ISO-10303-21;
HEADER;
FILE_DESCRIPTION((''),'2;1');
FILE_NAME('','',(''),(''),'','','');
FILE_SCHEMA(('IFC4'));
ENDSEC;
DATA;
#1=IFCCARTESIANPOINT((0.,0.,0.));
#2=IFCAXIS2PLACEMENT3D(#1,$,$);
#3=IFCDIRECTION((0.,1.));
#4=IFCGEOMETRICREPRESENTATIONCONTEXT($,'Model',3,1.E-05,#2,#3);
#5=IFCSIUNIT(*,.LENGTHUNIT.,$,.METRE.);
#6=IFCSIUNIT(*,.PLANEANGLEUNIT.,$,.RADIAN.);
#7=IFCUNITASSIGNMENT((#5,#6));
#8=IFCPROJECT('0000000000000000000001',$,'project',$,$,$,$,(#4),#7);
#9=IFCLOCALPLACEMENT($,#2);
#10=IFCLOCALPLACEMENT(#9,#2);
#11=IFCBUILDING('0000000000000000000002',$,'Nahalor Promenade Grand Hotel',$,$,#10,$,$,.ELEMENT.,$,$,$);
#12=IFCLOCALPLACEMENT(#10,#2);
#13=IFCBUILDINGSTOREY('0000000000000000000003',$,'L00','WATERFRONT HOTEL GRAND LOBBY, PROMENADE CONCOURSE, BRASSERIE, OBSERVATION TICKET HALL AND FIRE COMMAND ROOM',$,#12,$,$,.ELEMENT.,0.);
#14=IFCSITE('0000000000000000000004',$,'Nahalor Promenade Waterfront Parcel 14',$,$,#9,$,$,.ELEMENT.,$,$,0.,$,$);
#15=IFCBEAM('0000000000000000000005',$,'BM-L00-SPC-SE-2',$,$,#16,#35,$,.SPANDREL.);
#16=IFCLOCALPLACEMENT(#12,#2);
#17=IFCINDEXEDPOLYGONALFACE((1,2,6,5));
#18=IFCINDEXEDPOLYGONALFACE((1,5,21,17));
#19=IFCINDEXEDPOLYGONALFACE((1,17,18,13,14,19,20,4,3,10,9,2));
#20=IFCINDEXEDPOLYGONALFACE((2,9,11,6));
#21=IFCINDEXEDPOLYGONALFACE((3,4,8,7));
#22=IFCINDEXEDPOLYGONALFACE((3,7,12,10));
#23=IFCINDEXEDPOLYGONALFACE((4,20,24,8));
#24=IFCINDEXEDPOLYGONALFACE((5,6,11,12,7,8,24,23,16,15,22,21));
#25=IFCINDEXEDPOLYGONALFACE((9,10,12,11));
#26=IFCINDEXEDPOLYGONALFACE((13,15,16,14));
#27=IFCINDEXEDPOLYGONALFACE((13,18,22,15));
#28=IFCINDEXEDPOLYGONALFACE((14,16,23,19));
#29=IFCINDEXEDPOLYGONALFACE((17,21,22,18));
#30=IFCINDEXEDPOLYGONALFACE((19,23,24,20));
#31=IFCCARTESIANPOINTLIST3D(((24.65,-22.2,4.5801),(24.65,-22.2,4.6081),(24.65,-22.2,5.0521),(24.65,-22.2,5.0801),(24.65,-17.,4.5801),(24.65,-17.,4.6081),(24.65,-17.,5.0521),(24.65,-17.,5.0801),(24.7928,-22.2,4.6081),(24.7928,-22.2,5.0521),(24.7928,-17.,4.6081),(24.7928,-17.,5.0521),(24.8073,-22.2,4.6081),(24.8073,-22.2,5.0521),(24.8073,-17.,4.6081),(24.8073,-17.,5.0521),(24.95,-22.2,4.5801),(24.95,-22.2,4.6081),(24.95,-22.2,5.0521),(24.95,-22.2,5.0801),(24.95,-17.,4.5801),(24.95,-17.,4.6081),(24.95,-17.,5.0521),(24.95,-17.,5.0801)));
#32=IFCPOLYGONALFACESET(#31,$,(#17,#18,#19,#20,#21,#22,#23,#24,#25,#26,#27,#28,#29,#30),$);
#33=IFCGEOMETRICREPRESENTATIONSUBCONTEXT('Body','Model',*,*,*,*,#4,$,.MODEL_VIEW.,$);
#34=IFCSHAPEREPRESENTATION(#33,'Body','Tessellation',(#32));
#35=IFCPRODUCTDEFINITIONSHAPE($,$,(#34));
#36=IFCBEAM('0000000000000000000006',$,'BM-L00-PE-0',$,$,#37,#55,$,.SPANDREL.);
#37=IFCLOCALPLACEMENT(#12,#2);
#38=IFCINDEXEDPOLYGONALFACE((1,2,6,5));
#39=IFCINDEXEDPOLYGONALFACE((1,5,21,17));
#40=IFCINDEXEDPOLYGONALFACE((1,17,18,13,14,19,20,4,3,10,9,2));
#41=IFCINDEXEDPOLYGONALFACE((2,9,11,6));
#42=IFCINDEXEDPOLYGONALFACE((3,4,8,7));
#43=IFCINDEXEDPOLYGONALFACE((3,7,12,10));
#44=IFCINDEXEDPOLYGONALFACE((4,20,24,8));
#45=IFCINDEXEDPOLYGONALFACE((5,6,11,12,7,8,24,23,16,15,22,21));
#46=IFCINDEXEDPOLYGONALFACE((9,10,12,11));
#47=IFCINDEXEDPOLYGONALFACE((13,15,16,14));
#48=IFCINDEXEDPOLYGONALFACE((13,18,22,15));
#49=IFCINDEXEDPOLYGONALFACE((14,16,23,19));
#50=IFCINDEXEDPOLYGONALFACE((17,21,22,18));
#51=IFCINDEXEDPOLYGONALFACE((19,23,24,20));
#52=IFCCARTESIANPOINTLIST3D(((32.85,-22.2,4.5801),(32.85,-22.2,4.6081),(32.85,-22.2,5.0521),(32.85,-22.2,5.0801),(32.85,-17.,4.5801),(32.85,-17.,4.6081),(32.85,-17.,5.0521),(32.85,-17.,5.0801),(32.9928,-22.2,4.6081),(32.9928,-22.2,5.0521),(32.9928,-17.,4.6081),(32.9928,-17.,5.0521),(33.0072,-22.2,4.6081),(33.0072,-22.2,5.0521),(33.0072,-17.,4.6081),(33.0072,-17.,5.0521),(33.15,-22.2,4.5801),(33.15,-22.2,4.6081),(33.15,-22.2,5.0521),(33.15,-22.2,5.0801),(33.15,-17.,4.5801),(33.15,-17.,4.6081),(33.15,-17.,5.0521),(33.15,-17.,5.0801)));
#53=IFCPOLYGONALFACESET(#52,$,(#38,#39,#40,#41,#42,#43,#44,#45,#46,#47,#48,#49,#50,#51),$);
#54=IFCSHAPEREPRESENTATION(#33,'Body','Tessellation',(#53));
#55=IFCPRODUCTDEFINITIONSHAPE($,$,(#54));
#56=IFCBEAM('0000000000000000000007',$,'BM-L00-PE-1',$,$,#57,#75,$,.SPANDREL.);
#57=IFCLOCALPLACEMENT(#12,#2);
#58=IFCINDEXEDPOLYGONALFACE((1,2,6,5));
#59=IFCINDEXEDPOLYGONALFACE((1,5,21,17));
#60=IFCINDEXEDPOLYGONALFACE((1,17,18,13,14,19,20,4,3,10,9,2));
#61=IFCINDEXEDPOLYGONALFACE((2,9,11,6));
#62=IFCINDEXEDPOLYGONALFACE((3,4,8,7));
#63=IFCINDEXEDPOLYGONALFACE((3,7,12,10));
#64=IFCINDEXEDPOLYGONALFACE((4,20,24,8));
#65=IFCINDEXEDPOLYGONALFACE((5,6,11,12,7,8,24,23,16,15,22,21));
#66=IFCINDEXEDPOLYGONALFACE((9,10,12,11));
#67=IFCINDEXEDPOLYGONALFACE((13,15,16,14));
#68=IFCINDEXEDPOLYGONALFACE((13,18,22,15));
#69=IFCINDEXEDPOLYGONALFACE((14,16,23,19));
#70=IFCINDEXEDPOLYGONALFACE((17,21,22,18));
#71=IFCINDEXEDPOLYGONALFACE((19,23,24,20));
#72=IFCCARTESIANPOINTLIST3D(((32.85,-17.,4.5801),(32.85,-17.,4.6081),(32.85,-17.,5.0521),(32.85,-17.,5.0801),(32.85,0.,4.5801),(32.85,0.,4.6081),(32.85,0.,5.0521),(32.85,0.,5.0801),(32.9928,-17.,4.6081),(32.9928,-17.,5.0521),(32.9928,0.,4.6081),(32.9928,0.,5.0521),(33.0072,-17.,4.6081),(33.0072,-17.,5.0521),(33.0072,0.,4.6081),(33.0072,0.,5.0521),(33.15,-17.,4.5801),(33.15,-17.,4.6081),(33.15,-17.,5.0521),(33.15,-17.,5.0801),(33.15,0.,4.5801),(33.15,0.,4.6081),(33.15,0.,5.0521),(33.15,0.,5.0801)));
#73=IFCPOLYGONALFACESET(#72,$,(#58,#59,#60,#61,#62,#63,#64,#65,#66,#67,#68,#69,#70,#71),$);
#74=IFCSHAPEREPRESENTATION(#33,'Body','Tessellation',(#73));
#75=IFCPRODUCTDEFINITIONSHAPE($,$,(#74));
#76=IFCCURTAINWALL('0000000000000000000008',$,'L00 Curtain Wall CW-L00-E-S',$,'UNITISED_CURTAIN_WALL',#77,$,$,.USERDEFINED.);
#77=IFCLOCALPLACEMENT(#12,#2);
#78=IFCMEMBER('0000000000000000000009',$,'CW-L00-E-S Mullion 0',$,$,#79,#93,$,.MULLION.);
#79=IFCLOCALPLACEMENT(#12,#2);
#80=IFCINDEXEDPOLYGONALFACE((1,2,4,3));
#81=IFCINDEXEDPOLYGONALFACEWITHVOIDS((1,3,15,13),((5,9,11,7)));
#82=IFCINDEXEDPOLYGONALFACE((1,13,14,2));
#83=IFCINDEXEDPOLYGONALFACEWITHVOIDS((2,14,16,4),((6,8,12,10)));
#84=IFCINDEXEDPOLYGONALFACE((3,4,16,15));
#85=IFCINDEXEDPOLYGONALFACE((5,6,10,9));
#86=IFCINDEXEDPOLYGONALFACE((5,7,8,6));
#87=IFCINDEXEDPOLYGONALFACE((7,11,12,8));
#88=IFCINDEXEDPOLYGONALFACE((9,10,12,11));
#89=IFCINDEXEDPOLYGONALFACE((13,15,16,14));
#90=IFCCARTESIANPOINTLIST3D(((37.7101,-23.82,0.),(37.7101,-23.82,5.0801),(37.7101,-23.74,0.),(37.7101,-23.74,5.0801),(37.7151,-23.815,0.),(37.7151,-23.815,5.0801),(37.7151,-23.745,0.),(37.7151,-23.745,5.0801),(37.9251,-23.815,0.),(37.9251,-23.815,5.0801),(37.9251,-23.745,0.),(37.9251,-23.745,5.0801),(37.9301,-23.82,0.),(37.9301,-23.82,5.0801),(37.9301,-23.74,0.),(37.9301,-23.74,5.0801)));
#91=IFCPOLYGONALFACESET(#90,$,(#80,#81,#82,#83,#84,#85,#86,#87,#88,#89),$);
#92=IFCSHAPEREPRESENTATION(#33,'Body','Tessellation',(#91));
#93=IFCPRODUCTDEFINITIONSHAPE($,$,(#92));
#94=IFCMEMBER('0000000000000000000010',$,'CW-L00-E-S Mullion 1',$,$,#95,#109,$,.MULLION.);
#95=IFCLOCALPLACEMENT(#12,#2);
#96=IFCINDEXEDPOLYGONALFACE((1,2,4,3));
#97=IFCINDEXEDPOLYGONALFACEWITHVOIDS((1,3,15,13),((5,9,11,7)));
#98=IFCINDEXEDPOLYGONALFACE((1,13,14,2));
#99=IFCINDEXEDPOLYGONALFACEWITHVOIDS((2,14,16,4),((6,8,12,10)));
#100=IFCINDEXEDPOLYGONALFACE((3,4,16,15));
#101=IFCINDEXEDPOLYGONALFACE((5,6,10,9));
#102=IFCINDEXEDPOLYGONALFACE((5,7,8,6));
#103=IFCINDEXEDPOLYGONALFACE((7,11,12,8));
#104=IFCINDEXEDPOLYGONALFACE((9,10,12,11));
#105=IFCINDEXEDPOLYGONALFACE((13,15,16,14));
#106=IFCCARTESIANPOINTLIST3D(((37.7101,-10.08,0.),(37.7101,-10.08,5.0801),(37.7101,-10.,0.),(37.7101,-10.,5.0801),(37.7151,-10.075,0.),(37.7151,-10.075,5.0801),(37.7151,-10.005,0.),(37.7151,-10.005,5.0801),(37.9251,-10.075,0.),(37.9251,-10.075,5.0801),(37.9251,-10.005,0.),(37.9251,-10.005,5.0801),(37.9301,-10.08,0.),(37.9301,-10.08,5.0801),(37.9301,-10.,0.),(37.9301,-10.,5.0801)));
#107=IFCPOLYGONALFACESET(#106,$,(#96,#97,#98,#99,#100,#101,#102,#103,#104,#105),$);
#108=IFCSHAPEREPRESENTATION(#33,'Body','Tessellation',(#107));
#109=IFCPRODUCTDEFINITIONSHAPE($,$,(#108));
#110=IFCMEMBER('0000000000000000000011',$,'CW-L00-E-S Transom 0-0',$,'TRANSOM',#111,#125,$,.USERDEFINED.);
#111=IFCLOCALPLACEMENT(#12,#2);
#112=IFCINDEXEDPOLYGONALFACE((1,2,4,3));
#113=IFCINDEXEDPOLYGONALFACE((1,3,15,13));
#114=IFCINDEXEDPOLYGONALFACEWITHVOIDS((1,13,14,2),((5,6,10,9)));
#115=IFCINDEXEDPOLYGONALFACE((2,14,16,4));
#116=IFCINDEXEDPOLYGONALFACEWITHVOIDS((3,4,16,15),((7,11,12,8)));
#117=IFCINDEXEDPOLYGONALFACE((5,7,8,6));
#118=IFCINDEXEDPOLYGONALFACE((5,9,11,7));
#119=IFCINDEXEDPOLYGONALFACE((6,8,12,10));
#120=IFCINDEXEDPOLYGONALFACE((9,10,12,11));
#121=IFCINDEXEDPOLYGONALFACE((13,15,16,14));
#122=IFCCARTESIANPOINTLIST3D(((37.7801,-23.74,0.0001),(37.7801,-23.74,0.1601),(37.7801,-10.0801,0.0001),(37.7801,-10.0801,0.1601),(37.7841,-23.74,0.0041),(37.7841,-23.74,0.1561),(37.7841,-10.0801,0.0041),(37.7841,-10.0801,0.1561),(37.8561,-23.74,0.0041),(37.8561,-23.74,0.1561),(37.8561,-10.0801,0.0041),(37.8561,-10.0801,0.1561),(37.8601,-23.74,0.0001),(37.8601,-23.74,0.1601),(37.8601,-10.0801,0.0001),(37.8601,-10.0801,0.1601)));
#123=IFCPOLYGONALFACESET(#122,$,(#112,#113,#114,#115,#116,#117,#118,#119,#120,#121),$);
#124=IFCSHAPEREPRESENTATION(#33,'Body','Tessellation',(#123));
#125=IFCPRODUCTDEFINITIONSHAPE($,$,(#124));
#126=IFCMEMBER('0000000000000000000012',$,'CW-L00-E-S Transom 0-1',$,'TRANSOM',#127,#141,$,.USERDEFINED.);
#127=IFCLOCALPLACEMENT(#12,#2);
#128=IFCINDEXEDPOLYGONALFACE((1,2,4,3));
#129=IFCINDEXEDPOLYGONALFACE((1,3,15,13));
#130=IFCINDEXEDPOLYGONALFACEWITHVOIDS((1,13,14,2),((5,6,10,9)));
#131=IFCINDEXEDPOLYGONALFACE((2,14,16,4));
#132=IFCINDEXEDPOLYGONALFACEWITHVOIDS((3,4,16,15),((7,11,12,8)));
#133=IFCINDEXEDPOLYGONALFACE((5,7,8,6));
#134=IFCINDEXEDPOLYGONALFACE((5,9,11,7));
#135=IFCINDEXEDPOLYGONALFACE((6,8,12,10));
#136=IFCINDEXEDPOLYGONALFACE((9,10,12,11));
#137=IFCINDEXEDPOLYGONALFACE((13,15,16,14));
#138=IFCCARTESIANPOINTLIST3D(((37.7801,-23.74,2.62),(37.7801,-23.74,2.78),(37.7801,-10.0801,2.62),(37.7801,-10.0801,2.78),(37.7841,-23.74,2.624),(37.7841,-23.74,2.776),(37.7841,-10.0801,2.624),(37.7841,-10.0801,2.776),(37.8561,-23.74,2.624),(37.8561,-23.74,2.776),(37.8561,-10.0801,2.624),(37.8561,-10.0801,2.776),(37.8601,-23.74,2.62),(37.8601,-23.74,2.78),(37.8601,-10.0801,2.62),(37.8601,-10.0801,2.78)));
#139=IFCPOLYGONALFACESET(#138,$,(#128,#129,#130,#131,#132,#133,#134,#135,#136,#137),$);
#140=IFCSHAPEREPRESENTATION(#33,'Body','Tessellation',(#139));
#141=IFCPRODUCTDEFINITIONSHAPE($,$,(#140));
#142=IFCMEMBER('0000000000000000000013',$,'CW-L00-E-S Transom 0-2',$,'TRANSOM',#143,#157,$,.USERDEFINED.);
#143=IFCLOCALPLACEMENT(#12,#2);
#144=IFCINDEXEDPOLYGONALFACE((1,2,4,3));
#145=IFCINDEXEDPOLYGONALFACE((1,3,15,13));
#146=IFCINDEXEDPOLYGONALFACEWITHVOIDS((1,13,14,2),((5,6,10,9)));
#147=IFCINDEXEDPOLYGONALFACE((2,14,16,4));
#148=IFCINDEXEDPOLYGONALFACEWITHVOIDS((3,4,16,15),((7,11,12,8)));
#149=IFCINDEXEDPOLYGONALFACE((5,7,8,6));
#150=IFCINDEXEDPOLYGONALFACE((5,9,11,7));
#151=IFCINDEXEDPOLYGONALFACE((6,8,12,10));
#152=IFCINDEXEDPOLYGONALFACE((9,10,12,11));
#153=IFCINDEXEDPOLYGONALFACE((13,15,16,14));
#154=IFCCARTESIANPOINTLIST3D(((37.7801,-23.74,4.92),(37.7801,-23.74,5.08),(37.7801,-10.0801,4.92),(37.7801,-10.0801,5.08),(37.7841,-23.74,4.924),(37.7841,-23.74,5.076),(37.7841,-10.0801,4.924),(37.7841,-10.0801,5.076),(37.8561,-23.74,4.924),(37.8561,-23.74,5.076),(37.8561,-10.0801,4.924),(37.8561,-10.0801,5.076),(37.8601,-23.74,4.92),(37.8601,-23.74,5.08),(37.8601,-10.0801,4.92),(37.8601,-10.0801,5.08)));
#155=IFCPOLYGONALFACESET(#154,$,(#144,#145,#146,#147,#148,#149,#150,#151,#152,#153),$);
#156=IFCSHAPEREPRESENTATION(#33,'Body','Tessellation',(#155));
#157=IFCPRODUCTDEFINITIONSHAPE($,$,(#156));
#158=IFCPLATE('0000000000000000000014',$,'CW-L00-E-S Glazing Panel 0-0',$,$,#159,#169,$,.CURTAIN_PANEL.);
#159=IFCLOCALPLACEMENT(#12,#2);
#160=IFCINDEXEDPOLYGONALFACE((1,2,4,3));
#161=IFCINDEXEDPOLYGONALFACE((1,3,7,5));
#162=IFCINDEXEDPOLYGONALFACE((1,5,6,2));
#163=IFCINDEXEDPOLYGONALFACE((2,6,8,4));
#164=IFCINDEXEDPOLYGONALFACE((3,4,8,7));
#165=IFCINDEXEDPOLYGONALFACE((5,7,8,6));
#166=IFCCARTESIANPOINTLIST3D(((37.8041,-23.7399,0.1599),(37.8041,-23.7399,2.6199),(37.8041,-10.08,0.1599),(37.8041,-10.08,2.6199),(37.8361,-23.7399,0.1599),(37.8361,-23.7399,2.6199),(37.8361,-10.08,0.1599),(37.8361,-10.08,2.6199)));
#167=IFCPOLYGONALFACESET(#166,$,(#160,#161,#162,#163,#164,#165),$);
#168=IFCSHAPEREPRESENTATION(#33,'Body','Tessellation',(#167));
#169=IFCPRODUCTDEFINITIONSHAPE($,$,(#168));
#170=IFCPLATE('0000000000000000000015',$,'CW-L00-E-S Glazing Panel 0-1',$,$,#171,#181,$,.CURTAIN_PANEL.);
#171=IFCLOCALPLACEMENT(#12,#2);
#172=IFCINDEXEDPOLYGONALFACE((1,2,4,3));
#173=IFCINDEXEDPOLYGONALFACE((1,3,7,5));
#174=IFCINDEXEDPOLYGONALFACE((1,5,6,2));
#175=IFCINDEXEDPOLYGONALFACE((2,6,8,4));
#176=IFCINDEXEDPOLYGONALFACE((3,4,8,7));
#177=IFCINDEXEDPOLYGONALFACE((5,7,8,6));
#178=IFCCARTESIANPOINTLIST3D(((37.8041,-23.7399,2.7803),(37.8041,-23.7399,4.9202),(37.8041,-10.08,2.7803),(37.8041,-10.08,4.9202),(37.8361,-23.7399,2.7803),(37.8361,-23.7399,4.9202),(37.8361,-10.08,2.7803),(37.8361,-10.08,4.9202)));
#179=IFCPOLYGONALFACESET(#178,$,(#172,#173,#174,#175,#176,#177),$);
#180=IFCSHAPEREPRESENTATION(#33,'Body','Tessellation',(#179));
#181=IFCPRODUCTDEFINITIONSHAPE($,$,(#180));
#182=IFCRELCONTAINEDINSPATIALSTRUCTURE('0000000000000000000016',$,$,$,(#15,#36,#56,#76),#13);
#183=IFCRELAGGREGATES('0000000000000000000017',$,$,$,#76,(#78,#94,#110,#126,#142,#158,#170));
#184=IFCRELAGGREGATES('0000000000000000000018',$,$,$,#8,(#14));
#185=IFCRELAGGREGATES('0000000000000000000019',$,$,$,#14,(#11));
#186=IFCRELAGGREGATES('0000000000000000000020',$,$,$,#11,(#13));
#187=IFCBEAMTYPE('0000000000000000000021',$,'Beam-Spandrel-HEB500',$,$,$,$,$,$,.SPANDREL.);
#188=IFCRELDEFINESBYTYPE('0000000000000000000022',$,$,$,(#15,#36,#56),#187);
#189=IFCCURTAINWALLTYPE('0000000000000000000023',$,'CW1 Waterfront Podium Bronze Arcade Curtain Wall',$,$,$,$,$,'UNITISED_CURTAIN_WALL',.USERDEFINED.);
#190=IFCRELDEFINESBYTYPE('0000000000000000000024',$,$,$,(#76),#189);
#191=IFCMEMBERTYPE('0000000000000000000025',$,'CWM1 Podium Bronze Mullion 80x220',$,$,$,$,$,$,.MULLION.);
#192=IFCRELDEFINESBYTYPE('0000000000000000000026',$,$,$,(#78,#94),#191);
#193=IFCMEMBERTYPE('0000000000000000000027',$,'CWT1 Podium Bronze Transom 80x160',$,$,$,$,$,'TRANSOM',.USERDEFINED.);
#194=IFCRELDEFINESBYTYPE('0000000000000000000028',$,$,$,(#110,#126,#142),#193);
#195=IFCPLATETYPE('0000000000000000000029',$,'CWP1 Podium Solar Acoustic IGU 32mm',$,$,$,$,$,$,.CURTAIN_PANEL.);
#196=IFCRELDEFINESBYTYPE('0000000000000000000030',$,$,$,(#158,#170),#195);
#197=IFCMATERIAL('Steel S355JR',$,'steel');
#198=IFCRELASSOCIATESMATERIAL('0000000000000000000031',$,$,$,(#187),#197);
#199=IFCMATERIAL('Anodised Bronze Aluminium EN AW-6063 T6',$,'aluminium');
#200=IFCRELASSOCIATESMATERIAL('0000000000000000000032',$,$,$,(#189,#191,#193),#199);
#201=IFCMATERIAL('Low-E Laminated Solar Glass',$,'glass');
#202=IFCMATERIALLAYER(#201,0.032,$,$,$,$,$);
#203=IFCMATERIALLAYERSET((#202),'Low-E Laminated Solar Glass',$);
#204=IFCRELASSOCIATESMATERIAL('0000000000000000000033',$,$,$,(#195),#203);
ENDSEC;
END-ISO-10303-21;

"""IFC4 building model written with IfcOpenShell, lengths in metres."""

from ifc_helpers import new_model, si_unit, direction, frame, origin, origin_2d, place, context, subcontext, project, spatial, rectangle, hollow_rectangle, i_section, extrude, source, transform, mapped, material, layer, layer_set, material_profile, profile_set, type_object, element, aggregate, save


model = new_model("IFC4")

# Units and contexts
model_context = context("Model", 3, precision=1e-05, world=origin(), true_north=direction((0.0, 1.0)))
body_context = subcontext(model_context, "Body", "Model", "MODEL_VIEW")
ifc_project = project(units=[si_unit("LENGTHUNIT", "METRE"), si_unit("PLANEANGLEUNIT", "RADIAN")], contexts=[model_context])

# Site, building, storey
site_placement = place(None, origin())
site = spatial("IfcSite", under=ifc_project, at=site_placement, Name="Nahalor Promenade Waterfront Parcel 14", CompositionType="ELEMENT", RefElevation=0.0)
building_placement = place(site_placement, origin())
building = spatial("IfcBuilding", under=site, at=building_placement, Name="Nahalor Promenade Grand Hotel", CompositionType="ELEMENT")
storey_placement = place(building_placement, origin())
storey = spatial("IfcBuildingStorey", under=building, at=storey_placement, Name="L00", Description="WATERFRONT HOTEL GRAND LOBBY, PROMENADE CONCOURSE, BRASSERIE, OBSERVATION TICKET HALL AND FIRE COMMAND ROOM", CompositionType="ELEMENT", Elevation=0.0)

# Beams
ifc_material_1 = material(Name="Steel S355JR", Category="steel")
ifc_material_profile_1 = material_profile(ifc_material_1, i_section(OverallWidth=0.3, OverallDepth=0.5, WebThickness=0.0145, FlangeThickness=0.028, at=origin_2d()), Name="HEB 500")
ifc_profile_set_1 = profile_set([ifc_material_profile_1], Name="Steel S355JR")
beam_type_1 = type_object("IfcBeamType", Name="Beam-Spandrel-HEB500", PredefinedType="SPANDREL", material=ifc_profile_set_1)
shared_shape_1 = source(origin(), body_context, "Body", "SweptSolid", [
    extrude(i_section(OverallWidth=0.3, OverallDepth=0.5, WebThickness=0.0145, FlangeThickness=0.028, at=origin_2d()), origin(), (0.0, 0.0, 1.0), 5.2),
])
for number, where, z_axis, x_axis, name in (
    (1, (24.8, -22.2, 4.8301), (0.0, 1.0, 0.0), (-1.0, 0.0, 0.0), "BM-L00-SPC-SE-2"),
    (2, (33.0, -22.2, 4.8301), (0.0, 1.0, 0.0), (-1.0, 0.0, 0.0), "BM-L00-PE-0"),
):
    element("IfcBeam", number, at=place(storey_placement, frame(where, z_axis=z_axis, x_axis=x_axis)), inside=storey, type_object=beam_type_1, Name=name, PredefinedType="SPANDREL", context=body_context, shape_type="MappedRepresentation", body=[
        mapped(shared_shape_1, transform((0.0, 0.0, 0.0), scale=1.0)),
    ])
shared_shape_2 = source(origin(), body_context, "Body", "SweptSolid", [
    extrude(i_section(OverallWidth=0.3, OverallDepth=0.5, WebThickness=0.0145, FlangeThickness=0.028, at=origin_2d()), origin(), (0.0, 0.0, 1.0), 17.0),
])
beam_1_placement = place(storey_placement, frame((33.0, -17.0, 4.8301), z_axis=(0.0, 1.0, 0.0), x_axis=(-1.0, 0.0, 0.0)))
element("IfcBeam", 3, at=beam_1_placement, inside=storey, type_object=beam_type_1, Name="BM-L00-PE-1", PredefinedType="SPANDREL", context=body_context, shape_type="MappedRepresentation", body=[
    mapped(shared_shape_2, transform((0.0, 0.0, 0.0), scale=1.0)),
])

# Curtain wall, members, plates
ifc_material_2 = material(Name="Anodised Bronze Aluminium EN AW-6063 T6", Category="aluminium")
curtain_wall_type = type_object("IfcCurtainWallType", Name="CW1 Waterfront Podium Bronze Arcade Curtain Wall", ElementType="UNITISED_CURTAIN_WALL", PredefinedType="USERDEFINED", material=ifc_material_2)
curtain_wall_placement = place(storey_placement, origin())
curtain_wall = element("IfcCurtainWall", 4, at=curtain_wall_placement, inside=storey, type_object=curtain_wall_type, Name="L00 Curtain Wall CW-L00-E-S", ObjectType="UNITISED_CURTAIN_WALL", PredefinedType="USERDEFINED")
ifc_material_profile_2 = material_profile(ifc_material_2, hollow_rectangle(XDim=0.08, YDim=0.22, WallThickness=0.005, at=origin_2d()), Name="CWM 80x220x5")
ifc_profile_set_2 = profile_set([ifc_material_profile_2], Name="Anodised Bronze Aluminium EN AW-6063 T6")
member_type_1 = type_object("IfcMemberType", Name="CWM1 Podium Bronze Mullion 80x220", PredefinedType="MULLION", material=ifc_profile_set_2)
shared_shape_3 = source(origin(), body_context, "Body", "SweptSolid", [
    extrude(hollow_rectangle(XDim=0.08, YDim=0.22, WallThickness=0.005, at=origin_2d()), origin(), (0.0, 0.0, 1.0), 5.0801),
])
member_1_placement = place(storey_placement, frame((37.8201, -23.78, 0.0), z_axis=(0.0, 0.0, 1.0), x_axis=(0.0, 1.0, 0.0)))
member_1 = element("IfcMember", 5, at=member_1_placement, type_object=member_type_1, Name="CW-L00-E-S Mullion 0", PredefinedType="MULLION", context=body_context, shape_type="MappedRepresentation", body=[
    mapped(shared_shape_3, transform((0.0, 0.0, 0.0), scale=1.0)),
])
member_2_placement = place(storey_placement, frame((37.8201, -10.04, 0.0), z_axis=(0.0, 0.0, 1.0), x_axis=(0.0, 1.0, 0.0)))
member_2 = element("IfcMember", 6, at=member_2_placement, type_object=member_type_1, Name="CW-L00-E-S Mullion 1", PredefinedType="MULLION", context=body_context, shape_type="MappedRepresentation", body=[
    mapped(shared_shape_3, transform((0.0, 0.0, 0.0), scale=1.0)),
])
ifc_material_profile_3 = material_profile(ifc_material_2, hollow_rectangle(XDim=0.08, YDim=0.16, WallThickness=0.004, at=origin_2d()), Name="CWT 80x160x4")
ifc_profile_set_3 = profile_set([ifc_material_profile_3], Name="Anodised Bronze Aluminium EN AW-6063 T6")
member_type_2 = type_object("IfcMemberType", Name="CWT1 Podium Bronze Transom 80x160", ElementType="TRANSOM", PredefinedType="USERDEFINED", material=ifc_profile_set_3)
shared_shape_4 = source(origin(), body_context, "Body", "SweptSolid", [
    extrude(hollow_rectangle(XDim=0.08, YDim=0.16, WallThickness=0.004, at=origin_2d()), origin(), (0.0, 0.0, 1.0), 13.6599),
])
member_3_placement = place(storey_placement, frame((37.8201, -23.74, 0.0801), z_axis=(0.0, 1.0, 0.0), x_axis=(-1.0, 0.0, 0.0)))
member_3 = element("IfcMember", 7, at=member_3_placement, type_object=member_type_2, Name="CW-L00-E-S Transom 0-0", ObjectType="TRANSOM", PredefinedType="USERDEFINED", context=body_context, shape_type="MappedRepresentation", body=[
    mapped(shared_shape_4, transform((0.0, 0.0, 0.0), scale=1.0)),
])
member_4_placement = place(storey_placement, frame((37.8201, -23.74, 2.7), z_axis=(0.0, 1.0, 0.0), x_axis=(-1.0, 0.0, 0.0)))
member_4 = element("IfcMember", 8, at=member_4_placement, type_object=member_type_2, Name="CW-L00-E-S Transom 0-1", ObjectType="TRANSOM", PredefinedType="USERDEFINED", context=body_context, shape_type="MappedRepresentation", body=[
    mapped(shared_shape_4, transform((0.0, 0.0, 0.0), scale=1.0)),
])
member_5_placement = place(storey_placement, frame((37.8201, -23.74, 5.0), z_axis=(0.0, 1.0, 0.0), x_axis=(-1.0, 0.0, 0.0)))
member_5 = element("IfcMember", 9, at=member_5_placement, type_object=member_type_2, Name="CW-L00-E-S Transom 0-2", ObjectType="TRANSOM", PredefinedType="USERDEFINED", context=body_context, shape_type="MappedRepresentation", body=[
    mapped(shared_shape_4, transform((0.0, 0.0, 0.0), scale=1.0)),
])
ifc_material_3 = material(Name="Low-E Laminated Solar Glass", Category="glass")
ifc_layer_1 = layer(ifc_material_3, 0.032)
ifc_layer_set_1 = layer_set([ifc_layer_1], Name="Low-E Laminated Solar Glass")
plate_type = type_object("IfcPlateType", Name="CWP1 Podium Solar Acoustic IGU 32mm", PredefinedType="CURTAIN_PANEL", material=ifc_layer_set_1)
shared_shape_5 = source(origin(), body_context, "Body", "SweptSolid", [
    extrude(rectangle(XDim=13.6599, YDim=0.032, at=origin_2d()), origin(), (0.0, 0.0, 1.0), 2.46),
])
plate_1_placement = place(storey_placement, frame((37.8201, -16.9099, 0.1599), z_axis=(0.0, 0.0, 1.0), x_axis=(0.0, 1.0, 0.0)))
plate_1 = element("IfcPlate", 10, at=plate_1_placement, type_object=plate_type, Name="CW-L00-E-S Glazing Panel 0-0", PredefinedType="CURTAIN_PANEL", context=body_context, shape_type="MappedRepresentation", body=[
    mapped(shared_shape_5, transform((0.0, 0.0, 0.0), scale=1.0)),
])
shared_shape_6 = source(origin(), body_context, "Body", "SweptSolid", [
    extrude(rectangle(XDim=13.6599, YDim=0.032, at=origin_2d()), origin(), (0.0, 0.0, 1.0), 2.1399),
])
plate_2_placement = place(storey_placement, frame((37.8201, -16.9099, 2.7803), z_axis=(0.0, 0.0, 1.0), x_axis=(0.0, 1.0, 0.0)))
plate_2 = element("IfcPlate", 11, at=plate_2_placement, type_object=plate_type, Name="CW-L00-E-S Glazing Panel 0-1", PredefinedType="CURTAIN_PANEL", context=body_context, shape_type="MappedRepresentation", body=[
    mapped(shared_shape_6, transform((0.0, 0.0, 0.0), scale=1.0)),
])
aggregate(curtain_wall, [member_1, member_2, member_3, member_4, member_5, plate_1, plate_2])

save(model, "model.ifc")
